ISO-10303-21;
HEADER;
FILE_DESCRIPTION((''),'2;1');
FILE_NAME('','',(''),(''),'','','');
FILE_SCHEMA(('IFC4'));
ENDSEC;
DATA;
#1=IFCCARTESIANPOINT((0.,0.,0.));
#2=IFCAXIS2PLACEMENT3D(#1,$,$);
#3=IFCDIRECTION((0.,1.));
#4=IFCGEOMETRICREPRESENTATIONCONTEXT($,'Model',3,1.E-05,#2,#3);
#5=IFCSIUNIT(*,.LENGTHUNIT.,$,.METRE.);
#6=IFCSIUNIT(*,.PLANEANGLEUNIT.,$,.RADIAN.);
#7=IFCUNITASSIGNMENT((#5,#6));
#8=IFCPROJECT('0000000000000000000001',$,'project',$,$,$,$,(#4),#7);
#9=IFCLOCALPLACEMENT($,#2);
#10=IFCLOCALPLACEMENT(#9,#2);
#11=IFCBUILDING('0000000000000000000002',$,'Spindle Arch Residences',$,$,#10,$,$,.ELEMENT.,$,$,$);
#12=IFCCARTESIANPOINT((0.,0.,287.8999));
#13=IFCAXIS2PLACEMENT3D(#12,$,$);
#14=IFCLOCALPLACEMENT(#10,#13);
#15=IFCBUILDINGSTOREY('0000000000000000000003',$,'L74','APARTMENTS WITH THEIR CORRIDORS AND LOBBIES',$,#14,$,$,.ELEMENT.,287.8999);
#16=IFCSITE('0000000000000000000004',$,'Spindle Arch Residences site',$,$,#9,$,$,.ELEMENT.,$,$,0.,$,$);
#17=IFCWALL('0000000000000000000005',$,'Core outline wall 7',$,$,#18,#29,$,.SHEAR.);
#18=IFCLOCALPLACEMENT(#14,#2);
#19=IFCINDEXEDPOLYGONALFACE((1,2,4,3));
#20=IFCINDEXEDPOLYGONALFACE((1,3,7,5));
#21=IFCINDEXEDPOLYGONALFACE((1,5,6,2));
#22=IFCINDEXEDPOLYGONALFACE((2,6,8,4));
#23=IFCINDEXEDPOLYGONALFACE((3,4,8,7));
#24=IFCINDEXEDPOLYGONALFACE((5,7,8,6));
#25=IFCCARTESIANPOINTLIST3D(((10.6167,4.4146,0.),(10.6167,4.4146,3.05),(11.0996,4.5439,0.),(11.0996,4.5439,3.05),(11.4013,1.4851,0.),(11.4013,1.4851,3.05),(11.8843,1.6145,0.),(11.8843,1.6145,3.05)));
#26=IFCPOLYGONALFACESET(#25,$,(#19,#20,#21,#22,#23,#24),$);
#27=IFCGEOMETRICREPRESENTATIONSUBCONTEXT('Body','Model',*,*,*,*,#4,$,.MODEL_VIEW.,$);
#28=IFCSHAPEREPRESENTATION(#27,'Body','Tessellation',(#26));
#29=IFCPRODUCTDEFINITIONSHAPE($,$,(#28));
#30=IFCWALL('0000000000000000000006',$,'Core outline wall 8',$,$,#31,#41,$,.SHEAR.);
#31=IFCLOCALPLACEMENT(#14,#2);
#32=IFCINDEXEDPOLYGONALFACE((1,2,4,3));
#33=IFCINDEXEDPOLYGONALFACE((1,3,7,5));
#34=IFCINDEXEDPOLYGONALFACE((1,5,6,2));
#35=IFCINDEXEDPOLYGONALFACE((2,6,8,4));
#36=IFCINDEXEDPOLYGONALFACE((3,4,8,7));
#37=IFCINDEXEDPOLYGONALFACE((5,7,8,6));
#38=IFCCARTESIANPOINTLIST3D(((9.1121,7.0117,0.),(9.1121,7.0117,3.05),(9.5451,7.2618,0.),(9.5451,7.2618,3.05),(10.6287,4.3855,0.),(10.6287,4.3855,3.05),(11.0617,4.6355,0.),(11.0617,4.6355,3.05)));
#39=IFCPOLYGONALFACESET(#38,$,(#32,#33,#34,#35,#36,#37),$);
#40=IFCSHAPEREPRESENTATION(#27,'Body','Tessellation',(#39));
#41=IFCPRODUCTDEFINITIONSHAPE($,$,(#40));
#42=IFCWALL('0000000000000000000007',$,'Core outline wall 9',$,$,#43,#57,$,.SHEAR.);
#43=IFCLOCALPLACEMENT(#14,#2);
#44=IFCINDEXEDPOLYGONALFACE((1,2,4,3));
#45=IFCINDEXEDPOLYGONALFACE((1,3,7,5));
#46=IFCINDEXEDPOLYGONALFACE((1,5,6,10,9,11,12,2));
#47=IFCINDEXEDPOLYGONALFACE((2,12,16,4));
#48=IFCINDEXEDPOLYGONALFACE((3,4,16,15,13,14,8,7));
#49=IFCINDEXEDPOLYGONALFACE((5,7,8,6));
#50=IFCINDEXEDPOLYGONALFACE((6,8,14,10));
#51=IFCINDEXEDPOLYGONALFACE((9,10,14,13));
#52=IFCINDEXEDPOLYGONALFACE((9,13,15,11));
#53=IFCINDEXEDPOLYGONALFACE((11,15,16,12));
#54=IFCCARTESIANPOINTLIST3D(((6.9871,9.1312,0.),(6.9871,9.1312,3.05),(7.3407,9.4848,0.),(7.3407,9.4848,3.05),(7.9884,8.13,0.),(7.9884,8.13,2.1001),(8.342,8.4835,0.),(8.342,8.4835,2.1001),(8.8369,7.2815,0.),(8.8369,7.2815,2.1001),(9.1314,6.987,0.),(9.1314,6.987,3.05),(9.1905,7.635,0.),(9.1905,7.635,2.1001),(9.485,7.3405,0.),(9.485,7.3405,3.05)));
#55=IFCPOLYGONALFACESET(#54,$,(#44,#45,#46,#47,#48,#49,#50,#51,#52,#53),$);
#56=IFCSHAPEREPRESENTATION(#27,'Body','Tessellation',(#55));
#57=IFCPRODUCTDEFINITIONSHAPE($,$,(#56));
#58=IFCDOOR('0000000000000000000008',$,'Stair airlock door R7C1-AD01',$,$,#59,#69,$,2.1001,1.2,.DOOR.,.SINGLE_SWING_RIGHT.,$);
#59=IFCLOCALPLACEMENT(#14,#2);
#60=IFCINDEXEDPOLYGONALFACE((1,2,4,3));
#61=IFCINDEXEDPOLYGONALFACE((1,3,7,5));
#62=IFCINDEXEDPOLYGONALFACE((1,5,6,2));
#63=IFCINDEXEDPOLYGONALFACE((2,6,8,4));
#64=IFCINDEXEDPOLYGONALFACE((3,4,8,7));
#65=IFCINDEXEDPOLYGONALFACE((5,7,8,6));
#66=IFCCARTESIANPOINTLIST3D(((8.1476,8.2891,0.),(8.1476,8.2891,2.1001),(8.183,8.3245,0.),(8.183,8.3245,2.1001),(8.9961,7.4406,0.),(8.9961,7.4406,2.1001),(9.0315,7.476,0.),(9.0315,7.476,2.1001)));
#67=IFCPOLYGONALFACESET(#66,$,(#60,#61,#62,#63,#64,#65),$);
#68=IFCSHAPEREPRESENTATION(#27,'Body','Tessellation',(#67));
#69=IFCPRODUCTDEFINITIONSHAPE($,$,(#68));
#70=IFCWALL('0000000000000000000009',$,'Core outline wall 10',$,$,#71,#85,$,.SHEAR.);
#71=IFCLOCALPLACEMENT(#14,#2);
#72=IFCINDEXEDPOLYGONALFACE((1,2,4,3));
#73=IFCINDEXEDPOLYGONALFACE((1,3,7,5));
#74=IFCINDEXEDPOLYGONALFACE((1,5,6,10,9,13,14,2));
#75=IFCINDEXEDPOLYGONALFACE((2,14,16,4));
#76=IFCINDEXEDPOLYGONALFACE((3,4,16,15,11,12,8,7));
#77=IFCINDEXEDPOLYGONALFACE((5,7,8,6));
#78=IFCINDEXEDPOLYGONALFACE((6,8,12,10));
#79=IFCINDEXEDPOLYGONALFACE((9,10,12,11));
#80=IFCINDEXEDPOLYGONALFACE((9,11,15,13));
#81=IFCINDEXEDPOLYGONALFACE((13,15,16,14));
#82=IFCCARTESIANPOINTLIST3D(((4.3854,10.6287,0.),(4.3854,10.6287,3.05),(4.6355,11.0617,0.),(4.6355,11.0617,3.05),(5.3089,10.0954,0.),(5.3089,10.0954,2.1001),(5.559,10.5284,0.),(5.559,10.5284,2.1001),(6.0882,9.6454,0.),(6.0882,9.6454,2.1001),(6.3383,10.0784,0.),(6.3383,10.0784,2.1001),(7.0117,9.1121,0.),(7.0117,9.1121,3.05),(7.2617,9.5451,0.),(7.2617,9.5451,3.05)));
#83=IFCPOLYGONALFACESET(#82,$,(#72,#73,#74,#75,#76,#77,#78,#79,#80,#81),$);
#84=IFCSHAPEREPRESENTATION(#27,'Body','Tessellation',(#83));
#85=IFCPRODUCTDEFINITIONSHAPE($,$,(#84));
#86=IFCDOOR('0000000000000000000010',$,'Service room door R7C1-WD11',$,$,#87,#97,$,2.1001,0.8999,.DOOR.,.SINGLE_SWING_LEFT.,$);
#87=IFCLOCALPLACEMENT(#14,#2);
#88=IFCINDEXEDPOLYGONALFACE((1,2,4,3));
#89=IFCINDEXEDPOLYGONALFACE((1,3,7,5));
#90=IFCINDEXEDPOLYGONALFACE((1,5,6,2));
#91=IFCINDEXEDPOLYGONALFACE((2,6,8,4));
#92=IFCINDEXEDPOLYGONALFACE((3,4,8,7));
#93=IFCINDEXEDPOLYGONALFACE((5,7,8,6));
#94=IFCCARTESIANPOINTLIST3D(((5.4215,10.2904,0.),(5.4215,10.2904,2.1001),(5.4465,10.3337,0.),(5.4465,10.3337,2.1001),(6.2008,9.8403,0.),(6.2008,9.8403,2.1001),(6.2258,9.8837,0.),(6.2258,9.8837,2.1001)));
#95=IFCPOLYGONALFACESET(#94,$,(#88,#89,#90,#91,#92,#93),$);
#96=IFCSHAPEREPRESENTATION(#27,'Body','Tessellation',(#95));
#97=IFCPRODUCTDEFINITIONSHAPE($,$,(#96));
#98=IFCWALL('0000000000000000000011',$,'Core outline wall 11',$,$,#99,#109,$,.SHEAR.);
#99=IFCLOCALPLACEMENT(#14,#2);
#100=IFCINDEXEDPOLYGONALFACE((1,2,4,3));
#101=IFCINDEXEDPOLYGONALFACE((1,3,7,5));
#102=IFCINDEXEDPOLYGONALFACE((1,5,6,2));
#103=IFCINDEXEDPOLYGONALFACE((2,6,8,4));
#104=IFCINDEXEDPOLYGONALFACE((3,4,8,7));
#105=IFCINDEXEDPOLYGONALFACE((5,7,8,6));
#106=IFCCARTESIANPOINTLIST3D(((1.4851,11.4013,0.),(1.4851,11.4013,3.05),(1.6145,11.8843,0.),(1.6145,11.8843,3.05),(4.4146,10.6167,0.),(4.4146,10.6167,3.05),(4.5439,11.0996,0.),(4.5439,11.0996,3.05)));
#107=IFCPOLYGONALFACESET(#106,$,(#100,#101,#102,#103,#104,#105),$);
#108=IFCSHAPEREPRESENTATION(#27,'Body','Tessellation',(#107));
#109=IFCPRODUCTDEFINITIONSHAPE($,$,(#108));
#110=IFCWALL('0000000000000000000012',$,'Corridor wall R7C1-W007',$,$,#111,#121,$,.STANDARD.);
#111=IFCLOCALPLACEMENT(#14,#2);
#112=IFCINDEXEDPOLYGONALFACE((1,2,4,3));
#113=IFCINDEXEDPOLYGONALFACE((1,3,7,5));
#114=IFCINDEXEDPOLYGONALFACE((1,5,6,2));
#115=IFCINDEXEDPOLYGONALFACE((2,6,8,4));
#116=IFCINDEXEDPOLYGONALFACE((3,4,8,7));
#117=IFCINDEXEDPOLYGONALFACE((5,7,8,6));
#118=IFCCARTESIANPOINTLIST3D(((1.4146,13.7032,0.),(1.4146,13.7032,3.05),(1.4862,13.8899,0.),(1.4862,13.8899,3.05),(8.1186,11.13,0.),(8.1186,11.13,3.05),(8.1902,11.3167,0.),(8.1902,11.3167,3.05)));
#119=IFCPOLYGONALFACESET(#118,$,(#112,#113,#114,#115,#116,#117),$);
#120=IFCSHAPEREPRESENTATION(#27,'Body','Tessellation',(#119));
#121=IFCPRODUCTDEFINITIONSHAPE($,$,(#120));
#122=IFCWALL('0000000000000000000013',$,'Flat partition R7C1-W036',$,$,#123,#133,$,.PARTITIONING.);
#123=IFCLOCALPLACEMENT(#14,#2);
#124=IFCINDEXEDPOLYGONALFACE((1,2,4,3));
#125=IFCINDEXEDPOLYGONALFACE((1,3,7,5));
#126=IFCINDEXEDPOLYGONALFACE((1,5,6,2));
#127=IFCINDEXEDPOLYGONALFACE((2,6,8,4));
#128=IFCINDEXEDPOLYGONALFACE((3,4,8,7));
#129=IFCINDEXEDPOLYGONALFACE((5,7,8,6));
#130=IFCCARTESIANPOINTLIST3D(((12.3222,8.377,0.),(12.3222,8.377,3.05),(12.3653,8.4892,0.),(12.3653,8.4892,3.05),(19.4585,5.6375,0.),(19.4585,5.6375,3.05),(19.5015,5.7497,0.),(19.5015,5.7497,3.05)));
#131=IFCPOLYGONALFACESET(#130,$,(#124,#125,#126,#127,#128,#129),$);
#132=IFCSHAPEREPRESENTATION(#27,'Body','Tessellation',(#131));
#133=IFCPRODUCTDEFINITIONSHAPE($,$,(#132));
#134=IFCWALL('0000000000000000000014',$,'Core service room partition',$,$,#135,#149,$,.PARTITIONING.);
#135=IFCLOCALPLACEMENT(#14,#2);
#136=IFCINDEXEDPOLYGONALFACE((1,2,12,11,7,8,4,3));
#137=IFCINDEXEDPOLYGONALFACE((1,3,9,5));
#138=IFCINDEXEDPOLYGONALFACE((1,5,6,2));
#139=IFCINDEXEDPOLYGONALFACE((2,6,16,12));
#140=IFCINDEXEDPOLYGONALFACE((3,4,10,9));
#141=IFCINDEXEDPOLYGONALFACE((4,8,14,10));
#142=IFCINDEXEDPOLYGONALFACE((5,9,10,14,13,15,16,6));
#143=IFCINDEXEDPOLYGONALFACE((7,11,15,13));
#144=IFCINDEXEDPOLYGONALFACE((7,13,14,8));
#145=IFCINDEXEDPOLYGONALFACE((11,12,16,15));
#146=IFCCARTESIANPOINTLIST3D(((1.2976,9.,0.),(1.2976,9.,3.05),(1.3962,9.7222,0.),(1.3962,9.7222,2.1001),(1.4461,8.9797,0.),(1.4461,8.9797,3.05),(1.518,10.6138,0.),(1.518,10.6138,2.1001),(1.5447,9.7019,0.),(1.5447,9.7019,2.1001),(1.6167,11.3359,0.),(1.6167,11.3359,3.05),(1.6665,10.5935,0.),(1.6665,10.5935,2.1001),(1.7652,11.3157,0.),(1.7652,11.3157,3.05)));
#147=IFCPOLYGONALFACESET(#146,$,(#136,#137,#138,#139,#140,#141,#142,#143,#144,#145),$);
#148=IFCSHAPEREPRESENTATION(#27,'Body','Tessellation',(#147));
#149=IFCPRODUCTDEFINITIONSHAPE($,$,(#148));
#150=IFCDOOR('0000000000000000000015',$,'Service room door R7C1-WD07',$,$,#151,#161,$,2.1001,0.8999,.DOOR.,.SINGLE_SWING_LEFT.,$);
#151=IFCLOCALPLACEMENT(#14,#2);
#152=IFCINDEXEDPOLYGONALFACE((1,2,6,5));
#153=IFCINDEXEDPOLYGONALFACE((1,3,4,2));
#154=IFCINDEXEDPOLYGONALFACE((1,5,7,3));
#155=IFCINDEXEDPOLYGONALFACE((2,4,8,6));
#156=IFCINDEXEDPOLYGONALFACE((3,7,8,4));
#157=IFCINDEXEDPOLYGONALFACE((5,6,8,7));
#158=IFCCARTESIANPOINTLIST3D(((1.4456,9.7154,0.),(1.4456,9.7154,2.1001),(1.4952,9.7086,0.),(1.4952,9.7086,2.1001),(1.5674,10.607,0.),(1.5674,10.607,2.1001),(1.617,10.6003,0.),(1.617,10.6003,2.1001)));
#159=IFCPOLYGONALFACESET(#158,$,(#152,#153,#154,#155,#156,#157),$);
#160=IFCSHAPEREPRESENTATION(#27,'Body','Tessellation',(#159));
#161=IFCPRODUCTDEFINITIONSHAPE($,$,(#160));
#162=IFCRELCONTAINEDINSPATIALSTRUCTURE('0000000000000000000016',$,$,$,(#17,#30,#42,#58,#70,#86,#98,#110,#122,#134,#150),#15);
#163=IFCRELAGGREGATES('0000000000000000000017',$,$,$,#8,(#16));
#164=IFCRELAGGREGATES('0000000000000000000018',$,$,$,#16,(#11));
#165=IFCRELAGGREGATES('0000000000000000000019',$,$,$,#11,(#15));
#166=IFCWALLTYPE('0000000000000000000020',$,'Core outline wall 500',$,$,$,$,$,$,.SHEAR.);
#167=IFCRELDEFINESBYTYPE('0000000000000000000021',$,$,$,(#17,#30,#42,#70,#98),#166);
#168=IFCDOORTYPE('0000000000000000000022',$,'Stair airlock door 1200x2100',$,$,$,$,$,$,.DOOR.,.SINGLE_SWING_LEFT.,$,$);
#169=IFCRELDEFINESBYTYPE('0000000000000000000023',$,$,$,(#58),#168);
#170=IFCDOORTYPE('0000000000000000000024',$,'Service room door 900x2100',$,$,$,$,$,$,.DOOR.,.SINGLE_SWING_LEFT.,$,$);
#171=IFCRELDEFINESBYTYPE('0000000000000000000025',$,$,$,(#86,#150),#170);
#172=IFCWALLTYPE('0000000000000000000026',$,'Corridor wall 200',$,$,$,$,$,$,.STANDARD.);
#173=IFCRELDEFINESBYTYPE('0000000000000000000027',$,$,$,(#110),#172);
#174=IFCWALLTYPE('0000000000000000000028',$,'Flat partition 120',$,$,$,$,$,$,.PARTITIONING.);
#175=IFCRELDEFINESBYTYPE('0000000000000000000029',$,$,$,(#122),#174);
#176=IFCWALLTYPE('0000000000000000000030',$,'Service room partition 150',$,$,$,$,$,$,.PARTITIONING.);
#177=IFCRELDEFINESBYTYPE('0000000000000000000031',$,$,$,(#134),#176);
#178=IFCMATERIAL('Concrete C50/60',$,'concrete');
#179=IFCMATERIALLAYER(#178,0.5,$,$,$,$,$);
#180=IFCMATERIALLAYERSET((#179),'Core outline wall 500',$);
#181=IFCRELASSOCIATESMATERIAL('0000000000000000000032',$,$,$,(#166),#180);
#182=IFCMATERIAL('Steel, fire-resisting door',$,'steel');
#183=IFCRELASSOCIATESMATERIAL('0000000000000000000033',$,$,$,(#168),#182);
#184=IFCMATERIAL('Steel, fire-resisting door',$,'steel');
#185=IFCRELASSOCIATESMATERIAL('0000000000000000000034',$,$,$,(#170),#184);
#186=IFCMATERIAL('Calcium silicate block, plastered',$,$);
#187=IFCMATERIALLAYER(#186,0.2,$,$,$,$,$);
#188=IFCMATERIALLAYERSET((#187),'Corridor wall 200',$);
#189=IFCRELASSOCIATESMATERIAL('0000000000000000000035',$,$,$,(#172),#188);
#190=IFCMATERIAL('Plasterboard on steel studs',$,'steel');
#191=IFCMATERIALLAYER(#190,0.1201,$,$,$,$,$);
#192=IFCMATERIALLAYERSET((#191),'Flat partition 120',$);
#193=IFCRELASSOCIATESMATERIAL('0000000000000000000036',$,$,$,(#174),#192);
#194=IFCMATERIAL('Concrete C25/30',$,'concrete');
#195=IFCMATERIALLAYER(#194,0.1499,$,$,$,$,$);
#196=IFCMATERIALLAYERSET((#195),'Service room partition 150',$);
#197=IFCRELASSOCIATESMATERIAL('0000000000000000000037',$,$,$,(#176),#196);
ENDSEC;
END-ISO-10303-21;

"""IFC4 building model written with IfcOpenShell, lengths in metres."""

from ifc_helpers import new_model, si_unit, direction, frame, frame_2d, origin, place, context, subcontext, project, spatial, rectangle, extrude, material, layer, layer_set, type_object, element, fill, save


model = new_model("IFC4")

# Units and contexts
model_context = context("Model", 3, precision=1e-05, world=origin(), true_north=direction((0.0, 1.0)))
body_context = subcontext(model_context, "Body", "Model", "MODEL_VIEW")
ifc_project = project(units=[si_unit("LENGTHUNIT", "METRE"), si_unit("PLANEANGLEUNIT", "RADIAN")], contexts=[model_context])

# Site, building, storey
site_placement = place(None, origin())
site = spatial("IfcSite", under=ifc_project, at=site_placement, Name="Spindle Arch Residences site", CompositionType="ELEMENT", RefElevation=0.0)
building_placement = place(site_placement, origin())
building = spatial("IfcBuilding", under=site, at=building_placement, Name="Spindle Arch Residences", CompositionType="ELEMENT")
storey_placement = place(building_placement, frame((0.0, 0.0, 287.8999)))
storey = spatial("IfcBuildingStorey", under=building, at=storey_placement, Name="L74", Description="APARTMENTS WITH THEIR CORRIDORS AND LOBBIES", CompositionType="ELEMENT", Elevation=287.8999)

# Walls
ifc_material_1 = material(Name="Concrete C50/60", Category="concrete")
ifc_layer_1 = layer(ifc_material_1, 0.5)
ifc_layer_set_1 = layer_set([ifc_layer_1], Name="Core outline wall 500")
wall_type_1 = type_object("IfcWallType", Name="Core outline wall 500", PredefinedType="SHEAR", material=ifc_layer_set_1)
for number, where, z_axis, x_axis, name in (
    (1, (11.6428, 1.5498, 0.0), (0.0, 0.0, 1.0), (-0.258735, 0.965948, 0.0), "Core outline wall 7"),
    (2, (10.8452, 4.5105, 0.0), (0.0, 0.0, 1.0), (-0.500087, 0.865975, 0.0), "Core outline wall 8"),
):
    element("IfcWall", number, at=place(storey_placement, frame(where, z_axis=z_axis, x_axis=x_axis)), inside=storey, type_object=wall_type_1, Name=name, PredefinedType="SHEAR", context=body_context, shape_type="SweptSolid", body=[
        extrude(rectangle(XDim=3.0327, YDim=0.5, at=frame_2d((1.5164, 0.0))), origin(), (0.0, 0.0, 1.0), 3.05),
    ])

# Walls, openings, doors
wall_1_placement = place(storey_placement, frame((9.3081, 7.1638, 0.0), z_axis=(0.0, 0.0, 1.0), x_axis=(-0.707107, 0.707107, 0.0)))
wall_1 = element("IfcWall", 3, at=wall_1_placement, inside=storey, type_object=wall_type_1, Name="Core outline wall 9", PredefinedType="SHEAR", context=body_context, shape_type="SweptSolid", body=[
    extrude(rectangle(XDim=3.0325, YDim=0.5, at=frame_2d((1.5161, 0.0))), origin(), (0.0, 0.0, 1.0), 3.05),
])
opening_1_placement = place(wall_1_placement, frame((0.4163, 0.0, 0.0)))
opening_1 = element("IfcOpeningElement", 4, at=opening_1_placement, cuts=wall_1, PredefinedType="OPENING", context=body_context, shape_type="SweptSolid", body=[
    extrude(rectangle(XDim=1.2, YDim=2.1001, at=frame_2d((0.6001, 1.05))), frame((0.0, 0.26, 0.0), z_axis=(0.0, -1.0, 0.0), x_axis=(1.0, 0.0, 0.0)), (0.0, 0.0, 1.0), 0.52),
])
ifc_material_2 = material(Name="Steel, fire-resisting door", Category="steel")
door_type_1 = type_object("IfcDoorType", Name="Stair airlock door 1200x2100", OperationType="SINGLE_SWING_LEFT", PredefinedType="DOOR", material=ifc_material_2)
door_1_placement = place(opening_1_placement, origin())
door_1 = element("IfcDoor", 5, at=door_1_placement, inside=storey, type_object=door_type_1, Name="Stair airlock door R7C1-AD01", OperationType="SINGLE_SWING_RIGHT", OverallHeight=2.1001, OverallWidth=1.2, PredefinedType="DOOR", context=body_context, shape_type="SweptSolid", body=[
    extrude(rectangle(XDim=1.2, YDim=2.1001, at=frame_2d((0.6001, 1.05))), frame((0.0, 0.0249, 0.0), z_axis=(0.0, -1.0, 0.0), x_axis=(1.0, 0.0, 0.0)), (0.0, 0.0, 1.0), 0.05),
])
fill(opening_1, door_1)
wall_2_placement = place(storey_placement, frame((7.1367, 9.3286, 0.0), z_axis=(0.0, 0.0, 1.0), x_axis=(-0.865975, 0.500087, 0.0)))
wall_2 = element("IfcWall", 6, at=wall_2_placement, inside=storey, type_object=wall_type_1, Name="Core outline wall 10", PredefinedType="SHEAR", context=body_context, shape_type="SweptSolid", body=[
    extrude(rectangle(XDim=3.0327, YDim=0.5, at=frame_2d((1.5164, 0.0))), origin(), (0.0, 0.0, 1.0), 3.05),
])
opening_2_placement = place(wall_2_placement, frame((1.0664, 0.0, 0.0)))
opening_2 = element("IfcOpeningElement", 7, at=opening_2_placement, cuts=wall_2, PredefinedType="OPENING", context=body_context, shape_type="SweptSolid", body=[
    extrude(rectangle(XDim=0.8999, YDim=2.1001, at=frame_2d((0.45, 1.05))), frame((0.0, 0.26, 0.0), z_axis=(0.0, -1.0, 0.0), x_axis=(1.0, 0.0, 0.0)), (0.0, 0.0, 1.0), 0.52),
])
ifc_material_3 = material(Name="Steel, fire-resisting door", Category="steel")
door_type_2 = type_object("IfcDoorType", Name="Service room door 900x2100", OperationType="SINGLE_SWING_LEFT", PredefinedType="DOOR", material=ifc_material_3)
door_2_placement = place(opening_2_placement, origin())
door_2 = element("IfcDoor", 8, at=door_2_placement, inside=storey, type_object=door_type_2, Name="Service room door R7C1-WD11", OperationType="SINGLE_SWING_LEFT", OverallHeight=2.1001, OverallWidth=0.8999, PredefinedType="DOOR", context=body_context, shape_type="SweptSolid", body=[
    extrude(rectangle(XDim=0.8999, YDim=2.1001, at=frame_2d((0.45, 1.05))), frame((0.0, 0.0249, 0.0), z_axis=(0.0, -1.0, 0.0), x_axis=(1.0, 0.0, 0.0)), (0.0, 0.0, 1.0), 0.05),
])
fill(opening_2, door_2)

# Walls
wall_3_placement = place(storey_placement, frame((4.4792, 10.8582, 0.0), z_axis=(0.0, 0.0, 1.0), x_axis=(-0.965948, 0.258735, 0.0)))
element("IfcWall", 9, at=wall_3_placement, inside=storey, type_object=wall_type_1, Name="Core outline wall 11", PredefinedType="SHEAR", context=body_context, shape_type="SweptSolid", body=[
    extrude(rectangle(XDim=3.0327, YDim=0.5, at=frame_2d((1.5164, 0.0))), origin(), (0.0, 0.0, 1.0), 3.05),
])
ifc_material_4 = material(Name="Calcium silicate block, plastered")
ifc_layer_2 = layer(ifc_material_4, 0.2)
ifc_layer_set_2 = layer_set([ifc_layer_2], Name="Corridor wall 200")
wall_type_2 = type_object("IfcWallType", Name="Corridor wall 200", PredefinedType="STANDARD", material=ifc_layer_set_2)
wall_4_placement = place(storey_placement, frame((8.1543, 11.2234, 0.0), z_axis=(0.0, 0.0, 1.0), x_axis=(-0.933591, 0.358341, 0.0)))
element("IfcWall", 10, at=wall_4_placement, inside=storey, type_object=wall_type_2, Name="Corridor wall R7C1-W007", PredefinedType="STANDARD", context=body_context, shape_type="SweptSolid", body=[
    extrude(rectangle(XDim=7.1809, YDim=0.2, at=frame_2d((3.5903, 0.0))), origin(), (0.0, 0.0, 1.0), 3.05),
])

# Wall
ifc_material_5 = material(Name="Plasterboard on steel studs", Category="steel")
ifc_layer_3 = layer(ifc_material_5, 0.1201)
ifc_layer_set_3 = layer_set([ifc_layer_3], Name="Flat partition 120")
wall_type_3 = type_object("IfcWallType", Name="Flat partition 120", PredefinedType="PARTITIONING", material=ifc_layer_set_3)
wall_5_placement = place(storey_placement, frame((12.3438, 8.4331, 0.0), z_axis=(0.0, 0.0, 1.0), x_axis=(0.933573, -0.358386, 0.0)))
element("IfcWall", 11, at=wall_5_placement, inside=storey, type_object=wall_type_3, Name="Flat partition R7C1-W036", PredefinedType="PARTITIONING", context=body_context, shape_type="SweptSolid", body=[
    extrude(rectangle(XDim=7.644, YDim=0.1201, at=frame_2d((3.822, 0.0))), origin(), (0.0, 0.0, 1.0), 3.05),
])

# Wall, opening, door
ifc_material_6 = material(Name="Concrete C25/30", Category="concrete")
ifc_layer_4 = layer(ifc_material_6, 0.1499)
ifc_layer_set_4 = layer_set([ifc_layer_4], Name="Service room partition 150")
wall_type_4 = type_object("IfcWallType", Name="Service room partition 150", PredefinedType="PARTITIONING", material=ifc_layer_set_4)
wall_6_placement = place(storey_placement, frame((1.6909, 11.3257, 0.0), z_axis=(0.0, 0.0, 1.0), x_axis=(-0.135344, -0.990799, 0.0)))
wall_6 = element("IfcWall", 12, at=wall_6_placement, inside=storey, type_object=wall_type_4, Name="Core service room partition", PredefinedType="PARTITIONING", context=body_context, shape_type="SweptSolid", body=[
    extrude(rectangle(XDim=2.3577, YDim=0.1499, at=frame_2d((1.1787, 0.0))), origin(), (0.0, 0.0, 1.0), 3.05),
])
opening_3_placement = place(wall_6_placement, frame((0.7288, 0.0, 0.0)))
opening_3 = element("IfcOpeningElement", 13, at=opening_3_placement, cuts=wall_6, PredefinedType="OPENING", context=body_context, shape_type="SweptSolid", body=[
    extrude(rectangle(XDim=0.8999, YDim=2.1001, at=frame_2d((0.45, 1.05))), frame((0.0, 0.085, 0.0), z_axis=(0.0, -1.0, 0.0), x_axis=(1.0, 0.0, 0.0)), (0.0, 0.0, 1.0), 0.1699),
])
door_3_placement = place(opening_3_placement, origin())
door_3 = element("IfcDoor", 14, at=door_3_placement, inside=storey, type_object=door_type_2, Name="Service room door R7C1-WD07", OperationType="SINGLE_SWING_LEFT", OverallHeight=2.1001, OverallWidth=0.8999, PredefinedType="DOOR", context=body_context, shape_type="SweptSolid", body=[
    extrude(rectangle(XDim=0.8999, YDim=2.1001, at=frame_2d((0.45, 1.05))), frame((0.0, 0.0249, 0.0), z_axis=(0.0, -1.0, 0.0), x_axis=(1.0, 0.0, 0.0)), (0.0, 0.0, 1.0), 0.05),
])
fill(opening_3, door_3)

save(model, "model.ifc")
